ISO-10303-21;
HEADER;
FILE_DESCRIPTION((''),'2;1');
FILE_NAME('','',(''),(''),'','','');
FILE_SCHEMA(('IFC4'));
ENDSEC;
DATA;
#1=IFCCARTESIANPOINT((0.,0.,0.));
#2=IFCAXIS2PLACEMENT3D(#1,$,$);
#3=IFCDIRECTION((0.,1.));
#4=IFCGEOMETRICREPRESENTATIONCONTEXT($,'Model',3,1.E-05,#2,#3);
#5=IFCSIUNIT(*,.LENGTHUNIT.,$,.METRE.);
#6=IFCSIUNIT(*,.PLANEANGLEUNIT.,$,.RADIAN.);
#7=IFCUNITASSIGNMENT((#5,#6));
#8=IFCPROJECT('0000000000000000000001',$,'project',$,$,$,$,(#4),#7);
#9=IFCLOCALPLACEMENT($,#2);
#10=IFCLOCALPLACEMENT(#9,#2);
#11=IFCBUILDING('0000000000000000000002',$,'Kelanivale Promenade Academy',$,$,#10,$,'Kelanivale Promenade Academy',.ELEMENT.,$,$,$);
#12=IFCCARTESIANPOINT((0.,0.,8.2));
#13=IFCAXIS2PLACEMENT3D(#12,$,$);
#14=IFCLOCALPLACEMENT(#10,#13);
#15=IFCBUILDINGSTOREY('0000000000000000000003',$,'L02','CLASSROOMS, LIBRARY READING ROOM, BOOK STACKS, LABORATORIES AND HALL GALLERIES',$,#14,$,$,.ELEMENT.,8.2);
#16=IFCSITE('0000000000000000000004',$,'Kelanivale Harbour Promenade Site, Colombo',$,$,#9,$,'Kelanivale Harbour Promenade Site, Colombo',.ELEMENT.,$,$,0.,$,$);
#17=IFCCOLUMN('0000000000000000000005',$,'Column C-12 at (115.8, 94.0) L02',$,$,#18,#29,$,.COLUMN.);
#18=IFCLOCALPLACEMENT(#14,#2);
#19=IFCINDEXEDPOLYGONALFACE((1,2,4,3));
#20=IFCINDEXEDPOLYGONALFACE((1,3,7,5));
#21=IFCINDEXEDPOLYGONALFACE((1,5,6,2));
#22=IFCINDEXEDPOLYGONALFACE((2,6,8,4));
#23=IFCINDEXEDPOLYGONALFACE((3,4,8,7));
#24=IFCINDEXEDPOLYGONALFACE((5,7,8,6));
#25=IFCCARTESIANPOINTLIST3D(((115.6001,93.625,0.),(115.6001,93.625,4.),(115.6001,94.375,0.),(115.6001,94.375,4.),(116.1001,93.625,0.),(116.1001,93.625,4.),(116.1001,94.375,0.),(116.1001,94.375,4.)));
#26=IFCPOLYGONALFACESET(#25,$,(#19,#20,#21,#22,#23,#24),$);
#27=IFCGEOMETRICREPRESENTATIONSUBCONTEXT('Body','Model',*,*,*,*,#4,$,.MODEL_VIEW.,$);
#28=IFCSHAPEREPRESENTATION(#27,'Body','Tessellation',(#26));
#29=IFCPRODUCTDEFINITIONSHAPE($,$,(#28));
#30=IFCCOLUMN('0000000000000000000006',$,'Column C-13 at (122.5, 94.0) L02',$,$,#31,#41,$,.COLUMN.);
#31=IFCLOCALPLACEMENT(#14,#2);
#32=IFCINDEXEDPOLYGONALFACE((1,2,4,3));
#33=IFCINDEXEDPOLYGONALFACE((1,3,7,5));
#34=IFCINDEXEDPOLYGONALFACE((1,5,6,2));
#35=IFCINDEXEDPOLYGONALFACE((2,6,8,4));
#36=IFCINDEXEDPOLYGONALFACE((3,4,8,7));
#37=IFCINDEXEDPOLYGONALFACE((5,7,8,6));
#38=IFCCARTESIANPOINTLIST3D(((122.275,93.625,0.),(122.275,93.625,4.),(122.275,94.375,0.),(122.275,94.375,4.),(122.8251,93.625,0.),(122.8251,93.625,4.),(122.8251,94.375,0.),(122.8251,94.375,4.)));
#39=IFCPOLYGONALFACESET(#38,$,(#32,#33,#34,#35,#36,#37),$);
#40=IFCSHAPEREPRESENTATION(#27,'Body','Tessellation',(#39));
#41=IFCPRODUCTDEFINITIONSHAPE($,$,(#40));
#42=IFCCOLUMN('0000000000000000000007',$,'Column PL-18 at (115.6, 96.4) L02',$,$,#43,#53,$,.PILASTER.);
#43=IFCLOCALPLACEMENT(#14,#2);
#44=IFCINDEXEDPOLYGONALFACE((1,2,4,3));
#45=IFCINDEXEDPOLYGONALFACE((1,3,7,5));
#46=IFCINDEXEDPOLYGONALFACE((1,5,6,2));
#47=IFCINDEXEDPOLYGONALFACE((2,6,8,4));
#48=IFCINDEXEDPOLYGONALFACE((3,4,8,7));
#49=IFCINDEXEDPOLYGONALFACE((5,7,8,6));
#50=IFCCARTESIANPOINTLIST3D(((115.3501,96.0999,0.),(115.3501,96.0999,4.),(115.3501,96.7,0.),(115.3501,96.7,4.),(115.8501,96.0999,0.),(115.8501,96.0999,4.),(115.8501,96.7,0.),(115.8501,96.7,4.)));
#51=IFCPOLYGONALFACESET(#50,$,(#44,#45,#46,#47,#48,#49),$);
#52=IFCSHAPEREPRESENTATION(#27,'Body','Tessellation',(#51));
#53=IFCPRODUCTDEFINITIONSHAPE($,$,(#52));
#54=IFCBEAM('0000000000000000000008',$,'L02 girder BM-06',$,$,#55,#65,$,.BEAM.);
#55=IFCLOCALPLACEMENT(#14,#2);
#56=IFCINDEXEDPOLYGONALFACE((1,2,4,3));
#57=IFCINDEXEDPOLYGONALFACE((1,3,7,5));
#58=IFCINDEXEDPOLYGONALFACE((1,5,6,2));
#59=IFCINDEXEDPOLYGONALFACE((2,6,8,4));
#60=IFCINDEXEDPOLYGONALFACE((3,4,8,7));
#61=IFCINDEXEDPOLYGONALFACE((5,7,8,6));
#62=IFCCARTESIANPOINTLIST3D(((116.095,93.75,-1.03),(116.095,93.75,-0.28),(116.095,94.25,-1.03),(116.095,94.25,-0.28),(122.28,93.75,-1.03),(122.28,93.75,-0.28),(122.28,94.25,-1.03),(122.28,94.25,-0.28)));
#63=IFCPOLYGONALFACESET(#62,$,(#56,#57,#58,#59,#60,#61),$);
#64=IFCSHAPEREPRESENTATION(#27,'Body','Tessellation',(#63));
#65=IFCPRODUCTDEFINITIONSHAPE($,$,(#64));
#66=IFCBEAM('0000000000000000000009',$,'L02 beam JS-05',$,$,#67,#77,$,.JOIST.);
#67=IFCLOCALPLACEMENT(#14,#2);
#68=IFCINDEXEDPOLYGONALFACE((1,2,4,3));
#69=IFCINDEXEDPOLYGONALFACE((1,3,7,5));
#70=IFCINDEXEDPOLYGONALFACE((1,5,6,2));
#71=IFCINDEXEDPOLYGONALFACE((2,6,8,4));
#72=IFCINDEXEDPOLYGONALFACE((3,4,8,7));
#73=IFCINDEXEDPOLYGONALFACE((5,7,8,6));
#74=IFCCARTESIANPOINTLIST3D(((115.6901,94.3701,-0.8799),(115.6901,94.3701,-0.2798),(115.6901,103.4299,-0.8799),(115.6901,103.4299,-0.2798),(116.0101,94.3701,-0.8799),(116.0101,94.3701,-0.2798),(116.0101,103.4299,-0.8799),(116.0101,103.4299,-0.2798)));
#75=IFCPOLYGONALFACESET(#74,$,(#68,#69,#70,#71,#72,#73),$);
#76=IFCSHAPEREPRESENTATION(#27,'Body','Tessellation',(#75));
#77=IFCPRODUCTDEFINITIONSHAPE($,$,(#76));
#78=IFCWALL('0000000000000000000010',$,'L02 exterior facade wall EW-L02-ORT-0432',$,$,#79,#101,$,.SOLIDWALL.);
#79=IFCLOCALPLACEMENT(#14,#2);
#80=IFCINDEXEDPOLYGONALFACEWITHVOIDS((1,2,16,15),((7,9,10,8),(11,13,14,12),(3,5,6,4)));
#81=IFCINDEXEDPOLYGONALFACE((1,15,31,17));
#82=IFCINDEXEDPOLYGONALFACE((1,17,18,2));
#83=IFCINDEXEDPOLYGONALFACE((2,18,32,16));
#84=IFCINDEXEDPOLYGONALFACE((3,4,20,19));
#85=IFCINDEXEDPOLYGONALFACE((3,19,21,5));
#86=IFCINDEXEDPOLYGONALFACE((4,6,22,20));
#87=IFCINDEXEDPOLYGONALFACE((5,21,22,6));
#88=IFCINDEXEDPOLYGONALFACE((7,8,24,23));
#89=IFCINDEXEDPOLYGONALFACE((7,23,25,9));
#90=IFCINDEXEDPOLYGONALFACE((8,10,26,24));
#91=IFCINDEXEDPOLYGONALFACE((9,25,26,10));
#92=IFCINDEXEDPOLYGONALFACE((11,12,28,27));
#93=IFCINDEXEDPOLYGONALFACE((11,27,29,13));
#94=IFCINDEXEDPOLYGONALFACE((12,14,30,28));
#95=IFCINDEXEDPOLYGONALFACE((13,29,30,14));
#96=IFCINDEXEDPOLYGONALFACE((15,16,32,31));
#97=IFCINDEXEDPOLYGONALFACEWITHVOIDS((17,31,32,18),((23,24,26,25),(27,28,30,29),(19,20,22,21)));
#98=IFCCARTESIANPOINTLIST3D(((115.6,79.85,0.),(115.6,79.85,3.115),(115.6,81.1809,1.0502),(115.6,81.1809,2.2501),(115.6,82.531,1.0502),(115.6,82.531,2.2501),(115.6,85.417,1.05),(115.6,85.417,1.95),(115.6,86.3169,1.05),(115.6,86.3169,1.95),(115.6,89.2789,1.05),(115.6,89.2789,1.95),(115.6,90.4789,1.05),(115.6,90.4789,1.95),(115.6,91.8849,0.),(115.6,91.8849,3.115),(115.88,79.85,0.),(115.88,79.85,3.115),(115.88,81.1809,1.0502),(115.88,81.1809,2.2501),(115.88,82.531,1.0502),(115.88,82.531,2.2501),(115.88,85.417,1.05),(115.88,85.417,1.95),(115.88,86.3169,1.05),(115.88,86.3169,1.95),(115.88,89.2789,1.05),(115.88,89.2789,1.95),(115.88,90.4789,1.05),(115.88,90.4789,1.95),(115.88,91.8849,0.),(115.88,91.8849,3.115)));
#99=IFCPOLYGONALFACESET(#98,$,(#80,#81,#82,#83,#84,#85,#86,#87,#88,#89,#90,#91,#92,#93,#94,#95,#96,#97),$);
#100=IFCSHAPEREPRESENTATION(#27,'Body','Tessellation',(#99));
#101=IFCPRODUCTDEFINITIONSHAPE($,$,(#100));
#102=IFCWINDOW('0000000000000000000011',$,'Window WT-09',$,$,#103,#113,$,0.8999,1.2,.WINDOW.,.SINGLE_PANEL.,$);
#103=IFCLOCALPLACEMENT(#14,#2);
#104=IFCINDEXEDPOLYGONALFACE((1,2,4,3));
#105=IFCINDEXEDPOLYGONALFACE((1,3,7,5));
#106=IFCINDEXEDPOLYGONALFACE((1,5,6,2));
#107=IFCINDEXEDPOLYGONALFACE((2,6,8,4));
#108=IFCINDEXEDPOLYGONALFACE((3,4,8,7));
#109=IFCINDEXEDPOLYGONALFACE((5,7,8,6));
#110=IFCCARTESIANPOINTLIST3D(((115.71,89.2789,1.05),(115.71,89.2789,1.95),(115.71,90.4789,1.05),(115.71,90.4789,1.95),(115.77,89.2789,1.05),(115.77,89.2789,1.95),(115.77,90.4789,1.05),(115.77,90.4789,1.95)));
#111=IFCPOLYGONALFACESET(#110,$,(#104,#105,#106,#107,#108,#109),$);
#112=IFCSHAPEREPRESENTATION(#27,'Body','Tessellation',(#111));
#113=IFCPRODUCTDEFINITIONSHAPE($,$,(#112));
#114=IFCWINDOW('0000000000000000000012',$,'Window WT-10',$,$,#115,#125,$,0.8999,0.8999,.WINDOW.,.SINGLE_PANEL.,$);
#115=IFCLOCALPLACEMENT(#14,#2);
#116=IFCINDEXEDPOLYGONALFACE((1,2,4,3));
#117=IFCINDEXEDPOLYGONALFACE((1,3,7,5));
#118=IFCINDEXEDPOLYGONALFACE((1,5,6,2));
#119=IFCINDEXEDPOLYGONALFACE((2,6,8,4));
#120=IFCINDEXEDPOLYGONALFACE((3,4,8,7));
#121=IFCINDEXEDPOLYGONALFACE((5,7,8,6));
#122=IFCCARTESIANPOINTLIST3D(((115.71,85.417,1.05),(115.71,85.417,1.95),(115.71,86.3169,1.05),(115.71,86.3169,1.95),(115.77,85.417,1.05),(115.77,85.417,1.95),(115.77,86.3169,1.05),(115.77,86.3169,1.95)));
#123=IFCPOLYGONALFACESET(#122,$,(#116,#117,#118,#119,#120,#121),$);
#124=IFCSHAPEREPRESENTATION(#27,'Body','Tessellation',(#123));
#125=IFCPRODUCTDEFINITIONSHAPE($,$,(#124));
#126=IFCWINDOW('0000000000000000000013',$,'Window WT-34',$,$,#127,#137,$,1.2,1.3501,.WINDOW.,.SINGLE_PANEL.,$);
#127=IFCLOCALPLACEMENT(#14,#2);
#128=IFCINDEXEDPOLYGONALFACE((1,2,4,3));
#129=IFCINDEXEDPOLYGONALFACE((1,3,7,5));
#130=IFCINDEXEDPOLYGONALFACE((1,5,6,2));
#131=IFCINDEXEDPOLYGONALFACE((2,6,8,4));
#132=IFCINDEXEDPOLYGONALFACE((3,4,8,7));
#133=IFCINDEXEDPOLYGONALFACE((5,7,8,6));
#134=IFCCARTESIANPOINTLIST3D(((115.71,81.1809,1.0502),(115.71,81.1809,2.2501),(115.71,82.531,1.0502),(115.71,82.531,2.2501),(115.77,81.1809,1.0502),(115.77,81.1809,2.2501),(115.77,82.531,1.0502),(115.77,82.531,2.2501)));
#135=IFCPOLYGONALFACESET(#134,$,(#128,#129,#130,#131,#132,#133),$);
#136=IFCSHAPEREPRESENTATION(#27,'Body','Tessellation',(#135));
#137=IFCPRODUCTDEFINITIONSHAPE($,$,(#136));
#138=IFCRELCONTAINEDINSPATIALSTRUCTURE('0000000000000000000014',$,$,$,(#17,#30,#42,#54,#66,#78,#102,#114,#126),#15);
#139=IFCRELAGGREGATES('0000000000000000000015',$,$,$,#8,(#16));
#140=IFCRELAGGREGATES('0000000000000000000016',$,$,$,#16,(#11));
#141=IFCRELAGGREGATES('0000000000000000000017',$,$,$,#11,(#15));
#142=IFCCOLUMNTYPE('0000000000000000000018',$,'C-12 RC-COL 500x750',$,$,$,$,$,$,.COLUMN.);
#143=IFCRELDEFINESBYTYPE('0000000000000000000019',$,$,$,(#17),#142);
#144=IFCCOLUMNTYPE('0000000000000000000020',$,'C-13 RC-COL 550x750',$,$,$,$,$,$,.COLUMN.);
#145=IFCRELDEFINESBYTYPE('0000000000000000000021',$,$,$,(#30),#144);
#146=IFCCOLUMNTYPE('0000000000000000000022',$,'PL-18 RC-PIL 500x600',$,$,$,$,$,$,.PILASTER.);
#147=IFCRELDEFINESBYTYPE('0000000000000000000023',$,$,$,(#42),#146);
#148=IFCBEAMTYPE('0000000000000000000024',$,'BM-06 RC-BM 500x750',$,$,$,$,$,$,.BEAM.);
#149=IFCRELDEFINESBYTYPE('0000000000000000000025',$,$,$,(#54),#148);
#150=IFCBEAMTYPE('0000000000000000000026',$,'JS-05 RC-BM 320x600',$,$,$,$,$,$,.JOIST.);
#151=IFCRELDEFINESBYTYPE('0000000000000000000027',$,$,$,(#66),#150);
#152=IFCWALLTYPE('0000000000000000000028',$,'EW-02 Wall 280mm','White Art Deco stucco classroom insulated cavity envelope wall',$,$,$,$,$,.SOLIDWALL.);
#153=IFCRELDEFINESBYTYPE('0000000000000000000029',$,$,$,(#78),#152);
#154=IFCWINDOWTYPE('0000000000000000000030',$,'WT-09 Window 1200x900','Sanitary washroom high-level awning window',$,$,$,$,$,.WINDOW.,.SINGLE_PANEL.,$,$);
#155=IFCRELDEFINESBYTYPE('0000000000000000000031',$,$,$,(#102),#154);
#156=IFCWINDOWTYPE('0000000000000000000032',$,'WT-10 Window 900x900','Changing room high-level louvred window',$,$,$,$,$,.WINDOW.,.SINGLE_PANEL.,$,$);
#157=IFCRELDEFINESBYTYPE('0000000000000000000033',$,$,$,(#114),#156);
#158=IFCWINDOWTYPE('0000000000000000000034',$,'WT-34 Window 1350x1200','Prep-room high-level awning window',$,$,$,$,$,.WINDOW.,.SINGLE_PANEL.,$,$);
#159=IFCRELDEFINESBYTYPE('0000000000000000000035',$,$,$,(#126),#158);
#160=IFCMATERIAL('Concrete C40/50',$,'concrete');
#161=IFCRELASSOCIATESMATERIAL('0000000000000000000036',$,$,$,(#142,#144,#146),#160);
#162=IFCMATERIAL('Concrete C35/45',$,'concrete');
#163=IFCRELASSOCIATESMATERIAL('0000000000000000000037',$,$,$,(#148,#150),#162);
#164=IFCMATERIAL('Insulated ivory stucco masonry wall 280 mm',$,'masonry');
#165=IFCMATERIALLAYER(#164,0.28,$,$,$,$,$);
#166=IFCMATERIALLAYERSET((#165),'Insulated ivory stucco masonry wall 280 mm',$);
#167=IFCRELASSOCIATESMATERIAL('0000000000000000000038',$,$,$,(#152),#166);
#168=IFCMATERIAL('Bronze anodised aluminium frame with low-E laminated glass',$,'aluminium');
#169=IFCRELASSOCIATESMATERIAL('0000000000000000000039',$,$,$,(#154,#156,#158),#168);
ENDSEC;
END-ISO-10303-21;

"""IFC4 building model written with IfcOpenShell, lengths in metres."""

from ifc_helpers import new_model, si_unit, direction, frame, frame_2d, origin, origin_2d, place, context, subcontext, project, spatial, rectangle, extrude, material, layer, layer_set, material_profile, profile_set, type_object, element, fill, save


model = new_model("IFC4")

# Units and contexts
model_context = context("Model", 3, precision=1e-05, world=origin(), true_north=direction((0.0, 1.0)))
body_context = subcontext(model_context, "Body", "Model", "MODEL_VIEW")
ifc_project = project(units=[si_unit("LENGTHUNIT", "METRE"), si_unit("PLANEANGLEUNIT", "RADIAN")], contexts=[model_context])

# Site, building, storey
site_placement = place(None, origin())
site = spatial("IfcSite", under=ifc_project, at=site_placement, Name="Kelanivale Harbour Promenade Site, Colombo", LongName="Kelanivale Harbour Promenade Site, Colombo", CompositionType="ELEMENT", RefElevation=0.0)
building_placement = place(site_placement, origin())
building = spatial("IfcBuilding", under=site, at=building_placement, Name="Kelanivale Promenade Academy", LongName="Kelanivale Promenade Academy", CompositionType="ELEMENT")
storey_placement = place(building_placement, frame((0.0, 0.0, 8.2)))
storey = spatial("IfcBuildingStorey", under=building, at=storey_placement, Name="L02", Description="CLASSROOMS, LIBRARY READING ROOM, BOOK STACKS, LABORATORIES AND HALL GALLERIES", CompositionType="ELEMENT", Elevation=8.2)

# Columns
ifc_material_1 = material(Name="Concrete C40/50", Category="concrete")
ifc_material_profile_1 = material_profile(ifc_material_1, rectangle(XDim=0.5, YDim=0.75, at=origin_2d()), Name="RC-COL 500x750")
ifc_profile_set_1 = profile_set([ifc_material_profile_1], Name="Concrete C40/50")
column_type_1 = type_object("IfcColumnType", Name="C-12 RC-COL 500x750", PredefinedType="COLUMN", material=ifc_profile_set_1)
column_1_placement = place(storey_placement, frame((115.8501, 94.0, 0.0), z_axis=(0.0, 0.0, 1.0), x_axis=(1.0, 0.0, 0.0)))
element("IfcColumn", 1, at=column_1_placement, inside=storey, type_object=column_type_1, Name="Column C-12 at (115.8, 94.0) L02", PredefinedType="COLUMN", context=body_context, shape_type="SweptSolid", body=[
    extrude(rectangle(XDim=0.5, YDim=0.75, at=origin_2d()), origin(), (0.0, 0.0, 1.0), 4.0),
])
ifc_material_profile_2 = material_profile(ifc_material_1, rectangle(XDim=0.55, YDim=0.75, at=origin_2d()), Name="RC-COL 550x750")
ifc_profile_set_2 = profile_set([ifc_material_profile_2], Name="Concrete C40/50")
column_type_2 = type_object("IfcColumnType", Name="C-13 RC-COL 550x750", PredefinedType="COLUMN", material=ifc_profile_set_2)
column_2_placement = place(storey_placement, frame((122.55, 94.0, 0.0), z_axis=(0.0, 0.0, 1.0), x_axis=(1.0, 0.0, 0.0)))
element("IfcColumn", 2, at=column_2_placement, inside=storey, type_object=column_type_2, Name="Column C-13 at (122.5, 94.0) L02", PredefinedType="COLUMN", context=body_context, shape_type="SweptSolid", body=[
    extrude(rectangle(XDim=0.55, YDim=0.75, at=origin_2d()), origin(), (0.0, 0.0, 1.0), 4.0),
])
ifc_material_profile_3 = material_profile(ifc_material_1, rectangle(XDim=0.5, YDim=0.6001, at=origin_2d()), Name="RC-PIL 500x600")
ifc_profile_set_3 = profile_set([ifc_material_profile_3], Name="Concrete C40/50")
column_type_3 = type_object("IfcColumnType", Name="PL-18 RC-PIL 500x600", PredefinedType="PILASTER", material=ifc_profile_set_3)
column_3_placement = place(storey_placement, frame((115.6001, 96.3999, 0.0), z_axis=(0.0, 0.0, 1.0), x_axis=(1.0, 0.0, 0.0)))
element("IfcColumn", 3, at=column_3_placement, inside=storey, type_object=column_type_3, Name="Column PL-18 at (115.6, 96.4) L02", PredefinedType="PILASTER", context=body_context, shape_type="SweptSolid", body=[
    extrude(rectangle(XDim=0.5, YDim=0.6001, at=origin_2d()), origin(), (0.0, 0.0, 1.0), 4.0),
])

# Beams
ifc_material_2 = material(Name="Concrete C35/45", Category="concrete")
ifc_material_profile_4 = material_profile(ifc_material_2, rectangle(XDim=0.5, YDim=0.75, at=origin_2d()), Name="RC-BM 500x750")
ifc_profile_set_4 = profile_set([ifc_material_profile_4], Name="Concrete C35/45")
beam_type_1 = type_object("IfcBeamType", Name="BM-06 RC-BM 500x750", PredefinedType="BEAM", material=ifc_profile_set_4)
beam_1_placement = place(storey_placement, frame((116.095, 94.0, -0.655), z_axis=(1.0, 0.0, 0.0), x_axis=(0.0, 1.0, 0.0)))
element("IfcBeam", 4, at=beam_1_placement, inside=storey, type_object=beam_type_1, Name="L02 girder BM-06", PredefinedType="BEAM", context=body_context, shape_type="SweptSolid", body=[
    extrude(rectangle(XDim=0.5, YDim=0.75, at=origin_2d()), origin(), (0.0, 0.0, 1.0), 6.1851),
])
ifc_material_profile_5 = material_profile(ifc_material_2, rectangle(XDim=0.3201, YDim=0.6001, at=origin_2d()), Name="RC-BM 320x600")
ifc_profile_set_5 = profile_set([ifc_material_profile_5], Name="Concrete C35/45")
beam_type_2 = type_object("IfcBeamType", Name="JS-05 RC-BM 320x600", PredefinedType="JOIST", material=ifc_profile_set_5)
beam_2_placement = place(storey_placement, frame((115.8501, 94.3701, -0.5798), z_axis=(0.0, 1.0, 0.0), x_axis=(-1.0, 0.0, 0.0)))
element("IfcBeam", 5, at=beam_2_placement, inside=storey, type_object=beam_type_2, Name="L02 beam JS-05", PredefinedType="JOIST", context=body_context, shape_type="SweptSolid", body=[
    extrude(rectangle(XDim=0.3201, YDim=0.6001, at=origin_2d()), origin(), (0.0, 0.0, 1.0), 9.0598),
])

# Wall, openings, windows
ifc_material_3 = material(Name="Insulated ivory stucco masonry wall 280 mm", Category="masonry")
ifc_layer_1 = layer(ifc_material_3, 0.28)
ifc_layer_set_1 = layer_set([ifc_layer_1], Name="Insulated ivory stucco masonry wall 280 mm")
wall_type_1 = type_object("IfcWallType", Name="EW-02 Wall 280mm", Description="White Art Deco stucco classroom insulated cavity envelope wall", PredefinedType="SOLIDWALL", material=ifc_layer_set_1)
wall_1_placement = place(storey_placement, frame((115.74, 91.885, 0.0), z_axis=(0.0, 0.0, 1.0), x_axis=(0.0, -1.0, 0.0)))
wall_1 = element("IfcWall", 6, at=wall_1_placement, inside=storey, type_object=wall_type_1, Name="L02 exterior facade wall EW-L02-ORT-0432", PredefinedType="SOLIDWALL", context=body_context, shape_type="SweptSolid", body=[
    extrude(rectangle(XDim=12.0349, YDim=0.28, at=frame_2d((6.0176, 0.0))), origin(), (0.0, 0.0, 1.0), 3.115),
])
opening_1_placement = place(wall_1_placement, frame((1.406, 0.0, 1.05)))
opening_1 = element("IfcOpeningElement", 7, at=opening_1_placement, cuts=wall_1, PredefinedType="OPENING", context=body_context, shape_type="SweptSolid", body=[
    extrude(rectangle(XDim=1.2, YDim=0.8999, at=frame_2d((0.6001, 0.45))), frame((0.0, 0.1499, 0.0), z_axis=(0.0, -1.0, 0.0), x_axis=(1.0, 0.0, 0.0)), (0.0, 0.0, 1.0), 0.3),
])
opening_2_placement = place(wall_1_placement, frame((5.5681, 0.0, 1.05)))
opening_2 = element("IfcOpeningElement", 8, at=opening_2_placement, cuts=wall_1, PredefinedType="OPENING", context=body_context, shape_type="SweptSolid", body=[
    extrude(rectangle(XDim=0.8999, YDim=0.8999, at=frame_2d((0.45, 0.45))), frame((0.0, 0.1499, 0.0), z_axis=(0.0, -1.0, 0.0), x_axis=(1.0, 0.0, 0.0)), (0.0, 0.0, 1.0), 0.3),
])
opening_3_placement = place(wall_1_placement, frame((9.354, 0.0, 1.05)))
opening_3 = element("IfcOpeningElement", 9, at=opening_3_placement, cuts=wall_1, PredefinedType="OPENING", context=body_context, shape_type="SweptSolid", body=[
    extrude(rectangle(XDim=1.3501, YDim=1.2, at=frame_2d((0.675, 0.6001))), frame((0.0, 0.1499, 0.0), z_axis=(0.0, -1.0, 0.0), x_axis=(1.0, 0.0, 0.0)), (0.0, 0.0, 1.0), 0.3),
])
ifc_material_4 = material(Name="Bronze anodised aluminium frame with low-E laminated glass", Category="aluminium")
window_type_1 = type_object("IfcWindowType", Name="WT-09 Window 1200x900", Description="Sanitary washroom high-level awning window", PartitioningType="SINGLE_PANEL", PredefinedType="WINDOW", material=ifc_material_4)
window_1_placement = place(opening_1_placement, origin())
window_1 = element("IfcWindow", 10, at=window_1_placement, inside=storey, type_object=window_type_1, Name="Window WT-09", OverallHeight=0.8999, OverallWidth=1.2, PartitioningType="SINGLE_PANEL", PredefinedType="WINDOW", context=body_context, shape_type="SweptSolid", body=[
    extrude(rectangle(XDim=1.2, YDim=0.8999, at=frame_2d((0.6001, 0.45))), frame((0.0, 0.03, 0.0), z_axis=(0.0, -1.0, 0.0), x_axis=(1.0, 0.0, 0.0)), (0.0, 0.0, 1.0), 0.0601),
])
fill(opening_1, window_1)
window_type_2 = type_object("IfcWindowType", Name="WT-10 Window 900x900", Description="Changing room high-level louvred window", PartitioningType="SINGLE_PANEL", PredefinedType="WINDOW", material=ifc_material_4)
window_2_placement = place(opening_2_placement, origin())
window_2 = element("IfcWindow", 11, at=window_2_placement, inside=storey, type_object=window_type_2, Name="Window WT-10", OverallHeight=0.8999, OverallWidth=0.8999, PartitioningType="SINGLE_PANEL", PredefinedType="WINDOW", context=body_context, shape_type="SweptSolid", body=[
    extrude(rectangle(XDim=0.8999, YDim=0.8999, at=frame_2d((0.45, 0.45))), frame((0.0, 0.03, 0.0), z_axis=(0.0, -1.0, 0.0), x_axis=(1.0, 0.0, 0.0)), (0.0, 0.0, 1.0), 0.0601),
])
fill(opening_2, window_2)
window_type_3 = type_object("IfcWindowType", Name="WT-34 Window 1350x1200", Description="Prep-room high-level awning window", PartitioningType="SINGLE_PANEL", PredefinedType="WINDOW", material=ifc_material_4)
window_3_placement = place(opening_3_placement, origin())
window_3 = element("IfcWindow", 12, at=window_3_placement, inside=storey, type_object=window_type_3, Name="Window WT-34", OverallHeight=1.2, OverallWidth=1.3501, PartitioningType="SINGLE_PANEL", PredefinedType="WINDOW", context=body_context, shape_type="SweptSolid", body=[
    extrude(rectangle(XDim=1.3501, YDim=1.2, at=frame_2d((0.675, 0.6001))), frame((0.0, 0.03, 0.0), z_axis=(0.0, -1.0, 0.0), x_axis=(1.0, 0.0, 0.0)), (0.0, 0.0, 1.0), 0.0601),
])
fill(opening_3, window_3)

save(model, "model.ifc")
